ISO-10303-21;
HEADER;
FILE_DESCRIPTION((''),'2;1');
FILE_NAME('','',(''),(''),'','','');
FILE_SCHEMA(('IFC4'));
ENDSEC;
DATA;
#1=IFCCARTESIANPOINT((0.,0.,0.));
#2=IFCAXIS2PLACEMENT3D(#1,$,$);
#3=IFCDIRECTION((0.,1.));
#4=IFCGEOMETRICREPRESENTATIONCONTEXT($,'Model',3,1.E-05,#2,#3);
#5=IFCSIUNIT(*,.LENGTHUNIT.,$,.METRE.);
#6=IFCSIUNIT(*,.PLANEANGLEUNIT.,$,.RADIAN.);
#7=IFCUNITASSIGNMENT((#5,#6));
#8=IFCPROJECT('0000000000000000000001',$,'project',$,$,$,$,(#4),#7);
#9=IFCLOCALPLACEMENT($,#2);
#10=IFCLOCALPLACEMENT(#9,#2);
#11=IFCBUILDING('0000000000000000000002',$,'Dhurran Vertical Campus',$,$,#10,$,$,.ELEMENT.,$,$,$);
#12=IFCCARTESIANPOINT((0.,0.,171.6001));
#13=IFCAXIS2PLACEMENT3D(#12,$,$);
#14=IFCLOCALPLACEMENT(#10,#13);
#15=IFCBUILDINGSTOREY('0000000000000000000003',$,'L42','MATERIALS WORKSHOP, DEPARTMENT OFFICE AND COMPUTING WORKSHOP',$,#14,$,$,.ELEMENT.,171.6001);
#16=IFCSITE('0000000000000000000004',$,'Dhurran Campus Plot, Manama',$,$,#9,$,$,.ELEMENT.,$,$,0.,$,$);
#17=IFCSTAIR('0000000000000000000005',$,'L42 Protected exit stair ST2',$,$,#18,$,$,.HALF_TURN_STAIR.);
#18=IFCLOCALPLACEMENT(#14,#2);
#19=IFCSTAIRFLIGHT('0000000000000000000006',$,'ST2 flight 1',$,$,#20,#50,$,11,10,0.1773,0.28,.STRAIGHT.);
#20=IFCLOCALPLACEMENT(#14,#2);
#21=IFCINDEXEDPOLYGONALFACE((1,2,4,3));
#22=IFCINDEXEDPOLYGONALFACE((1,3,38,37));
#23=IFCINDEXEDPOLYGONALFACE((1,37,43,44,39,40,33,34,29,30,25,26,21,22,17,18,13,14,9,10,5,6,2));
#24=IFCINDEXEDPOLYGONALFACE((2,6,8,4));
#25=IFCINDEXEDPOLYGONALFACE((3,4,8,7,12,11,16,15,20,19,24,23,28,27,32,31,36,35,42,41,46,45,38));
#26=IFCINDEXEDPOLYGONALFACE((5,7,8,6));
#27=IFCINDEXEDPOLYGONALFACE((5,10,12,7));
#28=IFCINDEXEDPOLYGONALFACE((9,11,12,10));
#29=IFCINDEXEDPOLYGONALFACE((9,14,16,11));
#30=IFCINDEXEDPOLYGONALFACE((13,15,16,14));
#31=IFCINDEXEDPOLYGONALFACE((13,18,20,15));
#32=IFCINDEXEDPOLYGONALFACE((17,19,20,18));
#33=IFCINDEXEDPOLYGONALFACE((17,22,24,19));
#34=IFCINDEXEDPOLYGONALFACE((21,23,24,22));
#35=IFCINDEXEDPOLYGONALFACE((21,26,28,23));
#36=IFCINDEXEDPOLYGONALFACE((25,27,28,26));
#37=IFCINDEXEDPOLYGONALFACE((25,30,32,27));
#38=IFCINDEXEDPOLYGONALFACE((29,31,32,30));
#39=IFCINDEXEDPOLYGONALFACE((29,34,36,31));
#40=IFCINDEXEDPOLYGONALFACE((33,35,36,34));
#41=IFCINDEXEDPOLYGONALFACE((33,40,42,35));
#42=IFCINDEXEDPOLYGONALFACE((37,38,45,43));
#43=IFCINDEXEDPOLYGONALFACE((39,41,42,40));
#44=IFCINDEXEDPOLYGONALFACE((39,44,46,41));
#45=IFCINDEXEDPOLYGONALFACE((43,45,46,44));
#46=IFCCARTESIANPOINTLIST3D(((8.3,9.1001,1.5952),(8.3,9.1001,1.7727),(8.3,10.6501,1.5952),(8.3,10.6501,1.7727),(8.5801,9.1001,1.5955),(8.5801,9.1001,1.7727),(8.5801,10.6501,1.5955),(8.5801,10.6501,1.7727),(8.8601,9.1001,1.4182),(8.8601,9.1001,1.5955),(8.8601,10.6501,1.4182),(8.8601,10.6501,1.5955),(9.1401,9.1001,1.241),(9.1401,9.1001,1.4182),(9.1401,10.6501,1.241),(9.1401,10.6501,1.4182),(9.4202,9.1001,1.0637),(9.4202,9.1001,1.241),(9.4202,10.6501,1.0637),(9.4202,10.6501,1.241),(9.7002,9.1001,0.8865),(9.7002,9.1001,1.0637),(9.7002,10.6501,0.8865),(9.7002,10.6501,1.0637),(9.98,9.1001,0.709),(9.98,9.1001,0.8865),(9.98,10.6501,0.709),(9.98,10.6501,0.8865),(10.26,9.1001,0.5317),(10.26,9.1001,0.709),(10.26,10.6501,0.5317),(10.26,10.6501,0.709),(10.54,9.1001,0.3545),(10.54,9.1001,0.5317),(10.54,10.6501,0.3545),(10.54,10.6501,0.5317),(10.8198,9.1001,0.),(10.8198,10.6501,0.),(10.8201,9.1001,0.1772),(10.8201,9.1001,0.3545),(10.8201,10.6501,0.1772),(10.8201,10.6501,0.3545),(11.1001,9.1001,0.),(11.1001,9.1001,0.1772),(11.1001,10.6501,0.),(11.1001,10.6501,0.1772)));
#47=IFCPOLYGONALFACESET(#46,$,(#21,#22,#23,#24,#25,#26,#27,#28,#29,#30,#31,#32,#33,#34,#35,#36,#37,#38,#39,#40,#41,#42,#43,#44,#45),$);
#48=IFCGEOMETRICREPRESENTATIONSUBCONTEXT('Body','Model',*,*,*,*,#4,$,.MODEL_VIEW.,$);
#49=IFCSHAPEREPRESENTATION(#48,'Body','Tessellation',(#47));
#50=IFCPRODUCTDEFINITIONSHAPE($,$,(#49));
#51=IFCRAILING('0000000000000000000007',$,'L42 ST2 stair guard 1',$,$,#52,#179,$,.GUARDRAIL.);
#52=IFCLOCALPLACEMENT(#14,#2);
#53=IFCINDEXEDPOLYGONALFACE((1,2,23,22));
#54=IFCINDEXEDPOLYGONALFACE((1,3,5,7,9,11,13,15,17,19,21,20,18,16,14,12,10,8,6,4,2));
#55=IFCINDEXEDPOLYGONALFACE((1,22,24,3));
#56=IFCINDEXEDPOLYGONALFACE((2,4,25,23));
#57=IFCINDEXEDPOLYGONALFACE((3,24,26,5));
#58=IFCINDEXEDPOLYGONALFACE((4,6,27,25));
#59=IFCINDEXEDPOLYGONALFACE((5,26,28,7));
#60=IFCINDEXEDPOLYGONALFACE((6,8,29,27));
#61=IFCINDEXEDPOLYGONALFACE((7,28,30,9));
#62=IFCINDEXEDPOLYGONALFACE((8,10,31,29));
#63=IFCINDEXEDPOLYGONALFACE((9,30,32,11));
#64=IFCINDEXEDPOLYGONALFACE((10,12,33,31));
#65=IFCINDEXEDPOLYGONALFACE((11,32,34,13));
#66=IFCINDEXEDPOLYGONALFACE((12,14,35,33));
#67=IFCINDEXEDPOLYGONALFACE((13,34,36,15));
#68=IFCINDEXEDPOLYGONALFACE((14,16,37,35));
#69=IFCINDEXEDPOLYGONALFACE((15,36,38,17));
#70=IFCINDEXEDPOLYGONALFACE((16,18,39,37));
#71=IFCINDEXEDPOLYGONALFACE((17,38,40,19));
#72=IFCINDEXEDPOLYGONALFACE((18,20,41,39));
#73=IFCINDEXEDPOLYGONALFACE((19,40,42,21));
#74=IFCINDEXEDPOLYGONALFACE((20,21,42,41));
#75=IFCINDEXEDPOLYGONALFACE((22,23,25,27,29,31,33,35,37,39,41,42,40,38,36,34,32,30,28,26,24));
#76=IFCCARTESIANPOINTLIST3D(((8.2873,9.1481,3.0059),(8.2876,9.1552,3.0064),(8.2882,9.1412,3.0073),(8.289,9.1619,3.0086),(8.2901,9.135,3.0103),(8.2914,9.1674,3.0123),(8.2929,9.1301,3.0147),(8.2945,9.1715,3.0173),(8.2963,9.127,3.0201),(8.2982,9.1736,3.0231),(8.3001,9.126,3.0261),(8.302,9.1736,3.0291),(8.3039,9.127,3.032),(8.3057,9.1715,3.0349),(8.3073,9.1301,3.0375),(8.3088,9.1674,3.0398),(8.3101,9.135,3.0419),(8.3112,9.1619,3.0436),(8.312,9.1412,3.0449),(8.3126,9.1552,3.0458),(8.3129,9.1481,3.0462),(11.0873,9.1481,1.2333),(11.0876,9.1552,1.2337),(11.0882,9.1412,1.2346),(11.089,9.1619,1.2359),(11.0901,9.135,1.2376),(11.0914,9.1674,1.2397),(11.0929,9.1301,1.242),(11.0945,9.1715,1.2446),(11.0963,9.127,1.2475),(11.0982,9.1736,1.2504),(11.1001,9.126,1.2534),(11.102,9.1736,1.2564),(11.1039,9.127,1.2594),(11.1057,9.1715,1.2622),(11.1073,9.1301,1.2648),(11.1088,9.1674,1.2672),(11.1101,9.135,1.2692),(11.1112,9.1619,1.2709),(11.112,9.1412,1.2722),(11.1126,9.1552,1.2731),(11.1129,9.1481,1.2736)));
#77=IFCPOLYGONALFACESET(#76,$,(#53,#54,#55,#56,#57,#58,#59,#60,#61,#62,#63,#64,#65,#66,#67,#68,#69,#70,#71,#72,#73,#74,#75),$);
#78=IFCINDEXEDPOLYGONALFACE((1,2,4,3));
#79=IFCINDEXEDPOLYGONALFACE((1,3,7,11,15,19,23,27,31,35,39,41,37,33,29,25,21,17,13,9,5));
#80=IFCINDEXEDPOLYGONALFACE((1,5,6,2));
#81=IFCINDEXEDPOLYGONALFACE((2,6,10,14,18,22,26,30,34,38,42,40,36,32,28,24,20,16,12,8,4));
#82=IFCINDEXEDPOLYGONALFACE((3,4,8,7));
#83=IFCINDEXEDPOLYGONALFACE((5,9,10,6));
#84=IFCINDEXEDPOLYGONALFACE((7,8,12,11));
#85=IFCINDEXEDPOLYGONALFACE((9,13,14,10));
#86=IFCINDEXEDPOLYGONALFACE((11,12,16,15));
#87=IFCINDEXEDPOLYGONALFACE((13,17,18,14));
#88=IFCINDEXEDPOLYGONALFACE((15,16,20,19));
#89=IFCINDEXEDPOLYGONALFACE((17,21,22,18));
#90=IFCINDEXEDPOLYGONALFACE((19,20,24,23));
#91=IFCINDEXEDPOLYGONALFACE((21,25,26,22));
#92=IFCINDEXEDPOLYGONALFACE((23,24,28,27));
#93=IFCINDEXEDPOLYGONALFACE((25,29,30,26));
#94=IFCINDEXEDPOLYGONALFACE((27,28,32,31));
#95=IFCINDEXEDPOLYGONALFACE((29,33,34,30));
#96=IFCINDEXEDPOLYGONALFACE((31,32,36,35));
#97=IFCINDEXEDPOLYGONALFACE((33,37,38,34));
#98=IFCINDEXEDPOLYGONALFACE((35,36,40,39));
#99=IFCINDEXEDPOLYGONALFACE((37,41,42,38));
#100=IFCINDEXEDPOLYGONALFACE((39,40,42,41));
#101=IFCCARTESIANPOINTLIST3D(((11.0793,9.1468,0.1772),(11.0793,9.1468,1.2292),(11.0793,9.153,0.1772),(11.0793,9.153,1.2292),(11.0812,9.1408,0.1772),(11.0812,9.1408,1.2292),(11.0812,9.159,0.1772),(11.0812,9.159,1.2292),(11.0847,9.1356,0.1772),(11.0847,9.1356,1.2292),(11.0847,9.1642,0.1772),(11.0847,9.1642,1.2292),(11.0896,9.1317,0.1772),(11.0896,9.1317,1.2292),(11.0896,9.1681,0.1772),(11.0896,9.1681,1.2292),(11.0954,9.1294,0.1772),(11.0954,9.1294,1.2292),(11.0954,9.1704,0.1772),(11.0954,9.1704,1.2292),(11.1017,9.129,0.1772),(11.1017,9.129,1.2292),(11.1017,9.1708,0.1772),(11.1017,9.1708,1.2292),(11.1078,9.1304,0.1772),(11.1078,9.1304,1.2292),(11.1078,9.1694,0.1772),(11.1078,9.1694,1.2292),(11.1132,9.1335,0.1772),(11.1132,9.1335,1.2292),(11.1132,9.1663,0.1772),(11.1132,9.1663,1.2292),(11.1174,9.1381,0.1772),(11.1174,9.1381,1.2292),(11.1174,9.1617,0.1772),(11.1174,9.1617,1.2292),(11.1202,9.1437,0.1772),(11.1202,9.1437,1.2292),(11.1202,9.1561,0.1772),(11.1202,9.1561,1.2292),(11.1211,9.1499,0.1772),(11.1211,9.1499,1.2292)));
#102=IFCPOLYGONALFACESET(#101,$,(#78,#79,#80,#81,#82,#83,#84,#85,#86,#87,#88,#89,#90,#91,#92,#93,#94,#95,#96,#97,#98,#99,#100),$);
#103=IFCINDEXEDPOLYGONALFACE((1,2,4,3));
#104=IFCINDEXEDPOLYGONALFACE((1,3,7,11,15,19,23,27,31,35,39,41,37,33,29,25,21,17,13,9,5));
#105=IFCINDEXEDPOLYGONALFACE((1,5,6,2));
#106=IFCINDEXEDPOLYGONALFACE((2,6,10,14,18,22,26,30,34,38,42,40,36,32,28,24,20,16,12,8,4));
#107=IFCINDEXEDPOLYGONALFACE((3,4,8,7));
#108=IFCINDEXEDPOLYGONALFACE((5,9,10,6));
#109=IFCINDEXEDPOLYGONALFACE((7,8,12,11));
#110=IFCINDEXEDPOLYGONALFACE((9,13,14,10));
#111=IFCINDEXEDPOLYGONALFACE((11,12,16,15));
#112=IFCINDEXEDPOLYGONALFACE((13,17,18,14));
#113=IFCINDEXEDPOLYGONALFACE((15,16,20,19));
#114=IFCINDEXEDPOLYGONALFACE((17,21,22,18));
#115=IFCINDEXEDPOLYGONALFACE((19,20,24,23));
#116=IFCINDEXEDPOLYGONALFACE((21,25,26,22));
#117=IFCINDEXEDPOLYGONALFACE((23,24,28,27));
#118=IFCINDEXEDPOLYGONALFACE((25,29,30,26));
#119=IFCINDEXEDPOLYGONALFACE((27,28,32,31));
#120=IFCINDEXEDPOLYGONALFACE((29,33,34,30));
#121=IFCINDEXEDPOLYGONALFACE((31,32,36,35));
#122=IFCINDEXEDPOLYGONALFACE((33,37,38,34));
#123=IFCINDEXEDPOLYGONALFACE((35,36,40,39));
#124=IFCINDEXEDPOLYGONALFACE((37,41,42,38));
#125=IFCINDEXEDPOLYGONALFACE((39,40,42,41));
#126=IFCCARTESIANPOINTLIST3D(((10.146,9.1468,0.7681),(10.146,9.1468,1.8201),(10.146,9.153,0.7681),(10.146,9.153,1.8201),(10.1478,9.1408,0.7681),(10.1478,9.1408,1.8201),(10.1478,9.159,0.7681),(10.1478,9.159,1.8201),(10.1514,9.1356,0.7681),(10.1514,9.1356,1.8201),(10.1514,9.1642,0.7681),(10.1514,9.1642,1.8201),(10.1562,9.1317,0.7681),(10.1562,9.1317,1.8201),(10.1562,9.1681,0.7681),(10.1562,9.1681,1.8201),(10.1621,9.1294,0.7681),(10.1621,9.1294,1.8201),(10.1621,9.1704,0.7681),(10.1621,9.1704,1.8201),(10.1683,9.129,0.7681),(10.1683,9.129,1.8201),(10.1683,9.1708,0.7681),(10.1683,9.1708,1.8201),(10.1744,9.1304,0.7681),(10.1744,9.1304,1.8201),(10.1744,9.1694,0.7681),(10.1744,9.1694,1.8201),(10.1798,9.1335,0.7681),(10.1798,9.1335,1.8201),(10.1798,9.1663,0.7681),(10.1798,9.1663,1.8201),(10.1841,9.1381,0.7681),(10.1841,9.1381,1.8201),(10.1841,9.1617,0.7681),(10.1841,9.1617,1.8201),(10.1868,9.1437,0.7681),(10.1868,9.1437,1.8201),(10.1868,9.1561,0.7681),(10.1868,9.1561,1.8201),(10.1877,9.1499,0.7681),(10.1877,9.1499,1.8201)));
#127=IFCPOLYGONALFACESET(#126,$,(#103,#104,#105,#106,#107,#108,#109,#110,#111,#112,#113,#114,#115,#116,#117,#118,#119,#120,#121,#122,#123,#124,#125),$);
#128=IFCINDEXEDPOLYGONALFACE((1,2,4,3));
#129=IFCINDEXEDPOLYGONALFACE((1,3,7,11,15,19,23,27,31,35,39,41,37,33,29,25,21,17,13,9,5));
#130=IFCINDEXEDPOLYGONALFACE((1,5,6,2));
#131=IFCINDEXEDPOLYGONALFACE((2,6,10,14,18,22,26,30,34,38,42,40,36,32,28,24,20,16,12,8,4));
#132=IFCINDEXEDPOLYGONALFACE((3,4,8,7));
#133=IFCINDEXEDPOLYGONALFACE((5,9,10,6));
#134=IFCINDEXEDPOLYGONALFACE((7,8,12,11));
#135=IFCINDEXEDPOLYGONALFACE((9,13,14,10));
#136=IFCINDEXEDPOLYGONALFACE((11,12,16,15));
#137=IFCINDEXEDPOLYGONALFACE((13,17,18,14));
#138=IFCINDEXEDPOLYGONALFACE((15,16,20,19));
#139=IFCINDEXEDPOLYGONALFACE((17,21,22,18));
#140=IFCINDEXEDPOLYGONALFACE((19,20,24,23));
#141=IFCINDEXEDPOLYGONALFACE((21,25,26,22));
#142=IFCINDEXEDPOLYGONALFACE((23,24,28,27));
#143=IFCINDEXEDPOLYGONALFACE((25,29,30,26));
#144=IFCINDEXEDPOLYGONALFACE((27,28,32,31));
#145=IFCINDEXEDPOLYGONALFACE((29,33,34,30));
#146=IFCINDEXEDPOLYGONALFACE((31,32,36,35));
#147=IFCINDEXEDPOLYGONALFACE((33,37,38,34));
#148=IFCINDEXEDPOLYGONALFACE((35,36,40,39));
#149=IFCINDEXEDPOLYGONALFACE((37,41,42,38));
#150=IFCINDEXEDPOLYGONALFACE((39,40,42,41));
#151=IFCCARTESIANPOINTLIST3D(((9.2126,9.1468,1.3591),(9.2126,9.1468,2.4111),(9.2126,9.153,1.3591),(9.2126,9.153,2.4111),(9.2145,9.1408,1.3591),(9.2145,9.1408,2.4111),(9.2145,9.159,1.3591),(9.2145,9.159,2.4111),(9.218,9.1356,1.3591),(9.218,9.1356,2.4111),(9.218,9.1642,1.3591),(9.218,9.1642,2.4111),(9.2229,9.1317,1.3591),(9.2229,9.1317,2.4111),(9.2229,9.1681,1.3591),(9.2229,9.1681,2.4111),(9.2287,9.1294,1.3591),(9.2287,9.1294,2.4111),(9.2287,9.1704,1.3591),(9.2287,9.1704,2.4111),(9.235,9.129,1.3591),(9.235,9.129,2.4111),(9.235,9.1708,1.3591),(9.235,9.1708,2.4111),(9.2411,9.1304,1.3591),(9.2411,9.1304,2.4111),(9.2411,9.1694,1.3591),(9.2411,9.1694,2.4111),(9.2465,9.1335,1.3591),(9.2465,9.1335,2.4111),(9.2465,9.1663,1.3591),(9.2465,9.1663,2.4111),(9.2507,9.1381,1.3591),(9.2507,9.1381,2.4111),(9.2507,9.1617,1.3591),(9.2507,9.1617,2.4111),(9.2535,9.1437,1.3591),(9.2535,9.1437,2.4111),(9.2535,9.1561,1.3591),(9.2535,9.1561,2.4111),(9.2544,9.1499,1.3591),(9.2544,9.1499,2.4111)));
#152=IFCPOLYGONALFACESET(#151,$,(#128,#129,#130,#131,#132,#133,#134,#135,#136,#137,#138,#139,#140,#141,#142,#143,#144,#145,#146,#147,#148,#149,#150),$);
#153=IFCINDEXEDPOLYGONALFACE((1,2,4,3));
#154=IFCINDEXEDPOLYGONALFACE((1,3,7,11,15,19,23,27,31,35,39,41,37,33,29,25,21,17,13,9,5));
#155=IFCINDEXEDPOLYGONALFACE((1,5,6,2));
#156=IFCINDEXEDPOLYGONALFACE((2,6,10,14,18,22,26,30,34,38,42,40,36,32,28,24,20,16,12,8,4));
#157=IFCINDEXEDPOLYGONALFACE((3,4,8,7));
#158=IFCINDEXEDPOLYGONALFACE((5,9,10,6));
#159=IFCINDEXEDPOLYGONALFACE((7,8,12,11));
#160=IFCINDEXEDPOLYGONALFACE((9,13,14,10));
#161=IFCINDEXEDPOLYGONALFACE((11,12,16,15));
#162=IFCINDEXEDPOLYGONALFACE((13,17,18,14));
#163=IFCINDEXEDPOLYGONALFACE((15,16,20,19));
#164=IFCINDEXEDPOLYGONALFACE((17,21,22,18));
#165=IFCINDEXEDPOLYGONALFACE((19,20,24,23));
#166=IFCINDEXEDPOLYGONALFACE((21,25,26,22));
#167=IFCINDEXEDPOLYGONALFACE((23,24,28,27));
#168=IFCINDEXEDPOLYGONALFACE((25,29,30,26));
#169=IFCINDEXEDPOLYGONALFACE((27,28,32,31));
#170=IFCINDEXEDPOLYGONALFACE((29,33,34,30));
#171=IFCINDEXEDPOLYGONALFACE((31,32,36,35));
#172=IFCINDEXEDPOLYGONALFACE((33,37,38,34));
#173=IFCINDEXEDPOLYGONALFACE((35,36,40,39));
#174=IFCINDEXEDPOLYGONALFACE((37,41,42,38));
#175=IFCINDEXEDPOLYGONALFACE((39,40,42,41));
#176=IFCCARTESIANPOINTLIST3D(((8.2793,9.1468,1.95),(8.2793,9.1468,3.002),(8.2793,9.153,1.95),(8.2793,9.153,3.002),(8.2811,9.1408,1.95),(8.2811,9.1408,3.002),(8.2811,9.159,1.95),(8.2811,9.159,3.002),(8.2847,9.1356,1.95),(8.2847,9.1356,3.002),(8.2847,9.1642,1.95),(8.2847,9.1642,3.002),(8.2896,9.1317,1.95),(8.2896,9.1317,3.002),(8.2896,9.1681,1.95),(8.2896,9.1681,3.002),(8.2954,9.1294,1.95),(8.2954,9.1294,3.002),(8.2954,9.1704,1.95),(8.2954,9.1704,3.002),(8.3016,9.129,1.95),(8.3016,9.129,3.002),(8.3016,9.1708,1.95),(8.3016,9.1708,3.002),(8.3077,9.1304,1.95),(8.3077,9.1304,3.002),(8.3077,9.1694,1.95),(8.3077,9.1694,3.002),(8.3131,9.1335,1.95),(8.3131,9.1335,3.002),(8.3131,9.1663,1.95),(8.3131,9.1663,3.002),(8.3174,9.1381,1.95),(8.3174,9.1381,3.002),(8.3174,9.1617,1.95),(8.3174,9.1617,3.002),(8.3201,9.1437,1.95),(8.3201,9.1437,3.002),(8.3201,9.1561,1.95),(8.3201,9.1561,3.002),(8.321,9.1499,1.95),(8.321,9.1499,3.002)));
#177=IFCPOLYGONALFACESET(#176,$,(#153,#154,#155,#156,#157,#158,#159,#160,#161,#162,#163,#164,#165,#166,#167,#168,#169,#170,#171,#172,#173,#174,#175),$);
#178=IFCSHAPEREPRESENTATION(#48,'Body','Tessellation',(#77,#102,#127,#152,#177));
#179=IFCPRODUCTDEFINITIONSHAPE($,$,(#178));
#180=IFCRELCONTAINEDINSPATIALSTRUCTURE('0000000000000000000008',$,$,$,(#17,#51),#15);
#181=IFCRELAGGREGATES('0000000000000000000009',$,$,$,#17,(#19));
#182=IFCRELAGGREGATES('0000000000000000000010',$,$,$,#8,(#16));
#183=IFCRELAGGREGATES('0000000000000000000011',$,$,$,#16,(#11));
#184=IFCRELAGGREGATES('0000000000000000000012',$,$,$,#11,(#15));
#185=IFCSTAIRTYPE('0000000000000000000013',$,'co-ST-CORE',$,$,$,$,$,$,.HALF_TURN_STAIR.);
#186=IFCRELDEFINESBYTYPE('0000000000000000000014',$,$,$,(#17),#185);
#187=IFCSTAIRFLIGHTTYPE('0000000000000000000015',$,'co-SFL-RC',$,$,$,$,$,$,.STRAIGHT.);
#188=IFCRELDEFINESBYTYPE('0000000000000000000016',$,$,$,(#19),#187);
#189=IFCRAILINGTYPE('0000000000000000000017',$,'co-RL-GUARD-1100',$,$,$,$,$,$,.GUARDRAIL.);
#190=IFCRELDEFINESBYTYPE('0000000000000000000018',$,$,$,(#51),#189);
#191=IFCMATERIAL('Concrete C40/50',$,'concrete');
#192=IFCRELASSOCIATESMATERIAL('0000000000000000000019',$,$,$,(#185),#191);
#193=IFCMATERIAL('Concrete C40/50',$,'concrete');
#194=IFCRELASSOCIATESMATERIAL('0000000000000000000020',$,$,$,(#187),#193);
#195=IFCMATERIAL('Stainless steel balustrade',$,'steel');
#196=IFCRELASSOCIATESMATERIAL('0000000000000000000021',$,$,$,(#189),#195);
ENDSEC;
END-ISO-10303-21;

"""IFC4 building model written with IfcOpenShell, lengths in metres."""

from ifc_helpers import new_model, si_unit, direction, frame, origin, origin_2d, place, context, subcontext, project, spatial, polyline, circle, outline, extrude, material, type_object, element, aggregate, save


model = new_model("IFC4")

# Units and contexts
model_context = context("Model", 3, precision=1e-05, world=origin(), true_north=direction((0.0, 1.0)))
body_context = subcontext(model_context, "Body", "Model", "MODEL_VIEW")
ifc_project = project(units=[si_unit("LENGTHUNIT", "METRE"), si_unit("PLANEANGLEUNIT", "RADIAN")], contexts=[model_context])

# Site, building, storey
site_placement = place(None, origin())
site = spatial("IfcSite", under=ifc_project, at=site_placement, Name="Dhurran Campus Plot, Manama", CompositionType="ELEMENT", RefElevation=0.0)
building_placement = place(site_placement, origin())
building = spatial("IfcBuilding", under=site, at=building_placement, Name="Dhurran Vertical Campus", CompositionType="ELEMENT")
storey_placement = place(building_placement, frame((0.0, 0.0, 171.6001)))
storey = spatial("IfcBuildingStorey", under=building, at=storey_placement, Name="L42", Description="MATERIALS WORKSHOP, DEPARTMENT OFFICE AND COMPUTING WORKSHOP", CompositionType="ELEMENT", Elevation=171.6001)

# Stair, stair flight
ifc_material_1 = material(Name="Concrete C40/50", Category="concrete")
stair_type = type_object("IfcStairType", Name="co-ST-CORE", PredefinedType="HALF_TURN_STAIR", material=ifc_material_1)
stair_placement = place(storey_placement, origin())
stair = element("IfcStair", 1, at=stair_placement, inside=storey, type_object=stair_type, Name="L42 Protected exit stair ST2", PredefinedType="HALF_TURN_STAIR")
ifc_material_2 = material(Name="Concrete C40/50", Category="concrete")
stair_flight_type = type_object("IfcStairFlightType", Name="co-SFL-RC", PredefinedType="STRAIGHT", material=ifc_material_2)
stair_flight_placement = place(storey_placement, frame((11.1001, 9.875, 0.0), z_axis=(0.0, 0.0, 1.0), x_axis=(-1.0, 0.0, 0.0)))
stair_flight = element("IfcStairFlight", 2, at=stair_flight_placement, type_object=stair_flight_type, Name="ST2 flight 1", NumberOfRisers=11, NumberOfTreads=10, PredefinedType="STRAIGHT", RiserHeight=0.1773, TreadLength=0.28, context=body_context, shape_type="SweptSolid", body=[
    extrude(outline(polyline([(0.0, 0.0), (0.0, 0.1772), (0.28, 0.1772), (0.28, 0.3545), (0.5601, 0.3545), (0.5601, 0.5317), (0.8401, 0.5317), (0.8401, 0.709), (1.1201, 0.709), (1.1201, 0.8865), (1.3999, 0.8865), (1.3999, 1.0637), (1.6799, 1.0637), (1.6799, 1.241), (1.96, 1.241), (1.96, 1.4182), (2.24, 1.4182), (2.24, 1.5955), (2.52, 1.5955), (2.52, 1.7727), (2.8, 1.7727), (2.8, 1.95), (2.8, 1.5952), (0.2803, 0.0), (0.0, 0.0)])), frame((0.0, 0.7749, 0.0), z_axis=(0.0, -1.0, 0.0), x_axis=(1.0, 0.0, 0.0)), (0.0, 0.0, 1.0), 1.55),
])
aggregate(stair, [stair_flight])

# Railing
ifc_material_3 = material(Name="Stainless steel balustrade", Category="steel")
railing_type_1 = type_object("IfcRailingType", Name="co-RL-GUARD-1100", PredefinedType="GUARDRAIL", material=ifc_material_3)
railing_1_placement = place(storey_placement, frame((11.1001, 9.1499, 0.1772)))
element("IfcRailing", 3, at=railing_1_placement, inside=storey, type_object=railing_type_1, Name="L42 ST2 stair guard 1", PredefinedType="GUARDRAIL", context=body_context, shape_type="SweptSolid", body=[
    extrude(circle(Radius=0.0239, at=origin_2d()), frame((0.0, 0.0, 1.0762), z_axis=(-0.844909, 0.0, 0.53491), x_axis=(0.0, -1.0, 0.0)), (0.0, 0.0, 1.0), 3.314),
    extrude(circle(Radius=0.021, at=origin_2d()), origin(), (0.0, 0.0, 1.0), 1.052),
    extrude(circle(Radius=0.021, at=origin_2d()), frame((-0.9333, 0.0, 0.5908)), (0.0, 0.0, 1.0), 1.052),
    extrude(circle(Radius=0.021, at=origin_2d()), frame((-1.8667, 0.0, 1.1819)), (0.0, 0.0, 1.0), 1.052),
    extrude(circle(Radius=0.021, at=origin_2d()), frame((-2.8, 0.0, 1.7727)), (0.0, 0.0, 1.0), 1.052),
])

save(model, "model.ifc")
